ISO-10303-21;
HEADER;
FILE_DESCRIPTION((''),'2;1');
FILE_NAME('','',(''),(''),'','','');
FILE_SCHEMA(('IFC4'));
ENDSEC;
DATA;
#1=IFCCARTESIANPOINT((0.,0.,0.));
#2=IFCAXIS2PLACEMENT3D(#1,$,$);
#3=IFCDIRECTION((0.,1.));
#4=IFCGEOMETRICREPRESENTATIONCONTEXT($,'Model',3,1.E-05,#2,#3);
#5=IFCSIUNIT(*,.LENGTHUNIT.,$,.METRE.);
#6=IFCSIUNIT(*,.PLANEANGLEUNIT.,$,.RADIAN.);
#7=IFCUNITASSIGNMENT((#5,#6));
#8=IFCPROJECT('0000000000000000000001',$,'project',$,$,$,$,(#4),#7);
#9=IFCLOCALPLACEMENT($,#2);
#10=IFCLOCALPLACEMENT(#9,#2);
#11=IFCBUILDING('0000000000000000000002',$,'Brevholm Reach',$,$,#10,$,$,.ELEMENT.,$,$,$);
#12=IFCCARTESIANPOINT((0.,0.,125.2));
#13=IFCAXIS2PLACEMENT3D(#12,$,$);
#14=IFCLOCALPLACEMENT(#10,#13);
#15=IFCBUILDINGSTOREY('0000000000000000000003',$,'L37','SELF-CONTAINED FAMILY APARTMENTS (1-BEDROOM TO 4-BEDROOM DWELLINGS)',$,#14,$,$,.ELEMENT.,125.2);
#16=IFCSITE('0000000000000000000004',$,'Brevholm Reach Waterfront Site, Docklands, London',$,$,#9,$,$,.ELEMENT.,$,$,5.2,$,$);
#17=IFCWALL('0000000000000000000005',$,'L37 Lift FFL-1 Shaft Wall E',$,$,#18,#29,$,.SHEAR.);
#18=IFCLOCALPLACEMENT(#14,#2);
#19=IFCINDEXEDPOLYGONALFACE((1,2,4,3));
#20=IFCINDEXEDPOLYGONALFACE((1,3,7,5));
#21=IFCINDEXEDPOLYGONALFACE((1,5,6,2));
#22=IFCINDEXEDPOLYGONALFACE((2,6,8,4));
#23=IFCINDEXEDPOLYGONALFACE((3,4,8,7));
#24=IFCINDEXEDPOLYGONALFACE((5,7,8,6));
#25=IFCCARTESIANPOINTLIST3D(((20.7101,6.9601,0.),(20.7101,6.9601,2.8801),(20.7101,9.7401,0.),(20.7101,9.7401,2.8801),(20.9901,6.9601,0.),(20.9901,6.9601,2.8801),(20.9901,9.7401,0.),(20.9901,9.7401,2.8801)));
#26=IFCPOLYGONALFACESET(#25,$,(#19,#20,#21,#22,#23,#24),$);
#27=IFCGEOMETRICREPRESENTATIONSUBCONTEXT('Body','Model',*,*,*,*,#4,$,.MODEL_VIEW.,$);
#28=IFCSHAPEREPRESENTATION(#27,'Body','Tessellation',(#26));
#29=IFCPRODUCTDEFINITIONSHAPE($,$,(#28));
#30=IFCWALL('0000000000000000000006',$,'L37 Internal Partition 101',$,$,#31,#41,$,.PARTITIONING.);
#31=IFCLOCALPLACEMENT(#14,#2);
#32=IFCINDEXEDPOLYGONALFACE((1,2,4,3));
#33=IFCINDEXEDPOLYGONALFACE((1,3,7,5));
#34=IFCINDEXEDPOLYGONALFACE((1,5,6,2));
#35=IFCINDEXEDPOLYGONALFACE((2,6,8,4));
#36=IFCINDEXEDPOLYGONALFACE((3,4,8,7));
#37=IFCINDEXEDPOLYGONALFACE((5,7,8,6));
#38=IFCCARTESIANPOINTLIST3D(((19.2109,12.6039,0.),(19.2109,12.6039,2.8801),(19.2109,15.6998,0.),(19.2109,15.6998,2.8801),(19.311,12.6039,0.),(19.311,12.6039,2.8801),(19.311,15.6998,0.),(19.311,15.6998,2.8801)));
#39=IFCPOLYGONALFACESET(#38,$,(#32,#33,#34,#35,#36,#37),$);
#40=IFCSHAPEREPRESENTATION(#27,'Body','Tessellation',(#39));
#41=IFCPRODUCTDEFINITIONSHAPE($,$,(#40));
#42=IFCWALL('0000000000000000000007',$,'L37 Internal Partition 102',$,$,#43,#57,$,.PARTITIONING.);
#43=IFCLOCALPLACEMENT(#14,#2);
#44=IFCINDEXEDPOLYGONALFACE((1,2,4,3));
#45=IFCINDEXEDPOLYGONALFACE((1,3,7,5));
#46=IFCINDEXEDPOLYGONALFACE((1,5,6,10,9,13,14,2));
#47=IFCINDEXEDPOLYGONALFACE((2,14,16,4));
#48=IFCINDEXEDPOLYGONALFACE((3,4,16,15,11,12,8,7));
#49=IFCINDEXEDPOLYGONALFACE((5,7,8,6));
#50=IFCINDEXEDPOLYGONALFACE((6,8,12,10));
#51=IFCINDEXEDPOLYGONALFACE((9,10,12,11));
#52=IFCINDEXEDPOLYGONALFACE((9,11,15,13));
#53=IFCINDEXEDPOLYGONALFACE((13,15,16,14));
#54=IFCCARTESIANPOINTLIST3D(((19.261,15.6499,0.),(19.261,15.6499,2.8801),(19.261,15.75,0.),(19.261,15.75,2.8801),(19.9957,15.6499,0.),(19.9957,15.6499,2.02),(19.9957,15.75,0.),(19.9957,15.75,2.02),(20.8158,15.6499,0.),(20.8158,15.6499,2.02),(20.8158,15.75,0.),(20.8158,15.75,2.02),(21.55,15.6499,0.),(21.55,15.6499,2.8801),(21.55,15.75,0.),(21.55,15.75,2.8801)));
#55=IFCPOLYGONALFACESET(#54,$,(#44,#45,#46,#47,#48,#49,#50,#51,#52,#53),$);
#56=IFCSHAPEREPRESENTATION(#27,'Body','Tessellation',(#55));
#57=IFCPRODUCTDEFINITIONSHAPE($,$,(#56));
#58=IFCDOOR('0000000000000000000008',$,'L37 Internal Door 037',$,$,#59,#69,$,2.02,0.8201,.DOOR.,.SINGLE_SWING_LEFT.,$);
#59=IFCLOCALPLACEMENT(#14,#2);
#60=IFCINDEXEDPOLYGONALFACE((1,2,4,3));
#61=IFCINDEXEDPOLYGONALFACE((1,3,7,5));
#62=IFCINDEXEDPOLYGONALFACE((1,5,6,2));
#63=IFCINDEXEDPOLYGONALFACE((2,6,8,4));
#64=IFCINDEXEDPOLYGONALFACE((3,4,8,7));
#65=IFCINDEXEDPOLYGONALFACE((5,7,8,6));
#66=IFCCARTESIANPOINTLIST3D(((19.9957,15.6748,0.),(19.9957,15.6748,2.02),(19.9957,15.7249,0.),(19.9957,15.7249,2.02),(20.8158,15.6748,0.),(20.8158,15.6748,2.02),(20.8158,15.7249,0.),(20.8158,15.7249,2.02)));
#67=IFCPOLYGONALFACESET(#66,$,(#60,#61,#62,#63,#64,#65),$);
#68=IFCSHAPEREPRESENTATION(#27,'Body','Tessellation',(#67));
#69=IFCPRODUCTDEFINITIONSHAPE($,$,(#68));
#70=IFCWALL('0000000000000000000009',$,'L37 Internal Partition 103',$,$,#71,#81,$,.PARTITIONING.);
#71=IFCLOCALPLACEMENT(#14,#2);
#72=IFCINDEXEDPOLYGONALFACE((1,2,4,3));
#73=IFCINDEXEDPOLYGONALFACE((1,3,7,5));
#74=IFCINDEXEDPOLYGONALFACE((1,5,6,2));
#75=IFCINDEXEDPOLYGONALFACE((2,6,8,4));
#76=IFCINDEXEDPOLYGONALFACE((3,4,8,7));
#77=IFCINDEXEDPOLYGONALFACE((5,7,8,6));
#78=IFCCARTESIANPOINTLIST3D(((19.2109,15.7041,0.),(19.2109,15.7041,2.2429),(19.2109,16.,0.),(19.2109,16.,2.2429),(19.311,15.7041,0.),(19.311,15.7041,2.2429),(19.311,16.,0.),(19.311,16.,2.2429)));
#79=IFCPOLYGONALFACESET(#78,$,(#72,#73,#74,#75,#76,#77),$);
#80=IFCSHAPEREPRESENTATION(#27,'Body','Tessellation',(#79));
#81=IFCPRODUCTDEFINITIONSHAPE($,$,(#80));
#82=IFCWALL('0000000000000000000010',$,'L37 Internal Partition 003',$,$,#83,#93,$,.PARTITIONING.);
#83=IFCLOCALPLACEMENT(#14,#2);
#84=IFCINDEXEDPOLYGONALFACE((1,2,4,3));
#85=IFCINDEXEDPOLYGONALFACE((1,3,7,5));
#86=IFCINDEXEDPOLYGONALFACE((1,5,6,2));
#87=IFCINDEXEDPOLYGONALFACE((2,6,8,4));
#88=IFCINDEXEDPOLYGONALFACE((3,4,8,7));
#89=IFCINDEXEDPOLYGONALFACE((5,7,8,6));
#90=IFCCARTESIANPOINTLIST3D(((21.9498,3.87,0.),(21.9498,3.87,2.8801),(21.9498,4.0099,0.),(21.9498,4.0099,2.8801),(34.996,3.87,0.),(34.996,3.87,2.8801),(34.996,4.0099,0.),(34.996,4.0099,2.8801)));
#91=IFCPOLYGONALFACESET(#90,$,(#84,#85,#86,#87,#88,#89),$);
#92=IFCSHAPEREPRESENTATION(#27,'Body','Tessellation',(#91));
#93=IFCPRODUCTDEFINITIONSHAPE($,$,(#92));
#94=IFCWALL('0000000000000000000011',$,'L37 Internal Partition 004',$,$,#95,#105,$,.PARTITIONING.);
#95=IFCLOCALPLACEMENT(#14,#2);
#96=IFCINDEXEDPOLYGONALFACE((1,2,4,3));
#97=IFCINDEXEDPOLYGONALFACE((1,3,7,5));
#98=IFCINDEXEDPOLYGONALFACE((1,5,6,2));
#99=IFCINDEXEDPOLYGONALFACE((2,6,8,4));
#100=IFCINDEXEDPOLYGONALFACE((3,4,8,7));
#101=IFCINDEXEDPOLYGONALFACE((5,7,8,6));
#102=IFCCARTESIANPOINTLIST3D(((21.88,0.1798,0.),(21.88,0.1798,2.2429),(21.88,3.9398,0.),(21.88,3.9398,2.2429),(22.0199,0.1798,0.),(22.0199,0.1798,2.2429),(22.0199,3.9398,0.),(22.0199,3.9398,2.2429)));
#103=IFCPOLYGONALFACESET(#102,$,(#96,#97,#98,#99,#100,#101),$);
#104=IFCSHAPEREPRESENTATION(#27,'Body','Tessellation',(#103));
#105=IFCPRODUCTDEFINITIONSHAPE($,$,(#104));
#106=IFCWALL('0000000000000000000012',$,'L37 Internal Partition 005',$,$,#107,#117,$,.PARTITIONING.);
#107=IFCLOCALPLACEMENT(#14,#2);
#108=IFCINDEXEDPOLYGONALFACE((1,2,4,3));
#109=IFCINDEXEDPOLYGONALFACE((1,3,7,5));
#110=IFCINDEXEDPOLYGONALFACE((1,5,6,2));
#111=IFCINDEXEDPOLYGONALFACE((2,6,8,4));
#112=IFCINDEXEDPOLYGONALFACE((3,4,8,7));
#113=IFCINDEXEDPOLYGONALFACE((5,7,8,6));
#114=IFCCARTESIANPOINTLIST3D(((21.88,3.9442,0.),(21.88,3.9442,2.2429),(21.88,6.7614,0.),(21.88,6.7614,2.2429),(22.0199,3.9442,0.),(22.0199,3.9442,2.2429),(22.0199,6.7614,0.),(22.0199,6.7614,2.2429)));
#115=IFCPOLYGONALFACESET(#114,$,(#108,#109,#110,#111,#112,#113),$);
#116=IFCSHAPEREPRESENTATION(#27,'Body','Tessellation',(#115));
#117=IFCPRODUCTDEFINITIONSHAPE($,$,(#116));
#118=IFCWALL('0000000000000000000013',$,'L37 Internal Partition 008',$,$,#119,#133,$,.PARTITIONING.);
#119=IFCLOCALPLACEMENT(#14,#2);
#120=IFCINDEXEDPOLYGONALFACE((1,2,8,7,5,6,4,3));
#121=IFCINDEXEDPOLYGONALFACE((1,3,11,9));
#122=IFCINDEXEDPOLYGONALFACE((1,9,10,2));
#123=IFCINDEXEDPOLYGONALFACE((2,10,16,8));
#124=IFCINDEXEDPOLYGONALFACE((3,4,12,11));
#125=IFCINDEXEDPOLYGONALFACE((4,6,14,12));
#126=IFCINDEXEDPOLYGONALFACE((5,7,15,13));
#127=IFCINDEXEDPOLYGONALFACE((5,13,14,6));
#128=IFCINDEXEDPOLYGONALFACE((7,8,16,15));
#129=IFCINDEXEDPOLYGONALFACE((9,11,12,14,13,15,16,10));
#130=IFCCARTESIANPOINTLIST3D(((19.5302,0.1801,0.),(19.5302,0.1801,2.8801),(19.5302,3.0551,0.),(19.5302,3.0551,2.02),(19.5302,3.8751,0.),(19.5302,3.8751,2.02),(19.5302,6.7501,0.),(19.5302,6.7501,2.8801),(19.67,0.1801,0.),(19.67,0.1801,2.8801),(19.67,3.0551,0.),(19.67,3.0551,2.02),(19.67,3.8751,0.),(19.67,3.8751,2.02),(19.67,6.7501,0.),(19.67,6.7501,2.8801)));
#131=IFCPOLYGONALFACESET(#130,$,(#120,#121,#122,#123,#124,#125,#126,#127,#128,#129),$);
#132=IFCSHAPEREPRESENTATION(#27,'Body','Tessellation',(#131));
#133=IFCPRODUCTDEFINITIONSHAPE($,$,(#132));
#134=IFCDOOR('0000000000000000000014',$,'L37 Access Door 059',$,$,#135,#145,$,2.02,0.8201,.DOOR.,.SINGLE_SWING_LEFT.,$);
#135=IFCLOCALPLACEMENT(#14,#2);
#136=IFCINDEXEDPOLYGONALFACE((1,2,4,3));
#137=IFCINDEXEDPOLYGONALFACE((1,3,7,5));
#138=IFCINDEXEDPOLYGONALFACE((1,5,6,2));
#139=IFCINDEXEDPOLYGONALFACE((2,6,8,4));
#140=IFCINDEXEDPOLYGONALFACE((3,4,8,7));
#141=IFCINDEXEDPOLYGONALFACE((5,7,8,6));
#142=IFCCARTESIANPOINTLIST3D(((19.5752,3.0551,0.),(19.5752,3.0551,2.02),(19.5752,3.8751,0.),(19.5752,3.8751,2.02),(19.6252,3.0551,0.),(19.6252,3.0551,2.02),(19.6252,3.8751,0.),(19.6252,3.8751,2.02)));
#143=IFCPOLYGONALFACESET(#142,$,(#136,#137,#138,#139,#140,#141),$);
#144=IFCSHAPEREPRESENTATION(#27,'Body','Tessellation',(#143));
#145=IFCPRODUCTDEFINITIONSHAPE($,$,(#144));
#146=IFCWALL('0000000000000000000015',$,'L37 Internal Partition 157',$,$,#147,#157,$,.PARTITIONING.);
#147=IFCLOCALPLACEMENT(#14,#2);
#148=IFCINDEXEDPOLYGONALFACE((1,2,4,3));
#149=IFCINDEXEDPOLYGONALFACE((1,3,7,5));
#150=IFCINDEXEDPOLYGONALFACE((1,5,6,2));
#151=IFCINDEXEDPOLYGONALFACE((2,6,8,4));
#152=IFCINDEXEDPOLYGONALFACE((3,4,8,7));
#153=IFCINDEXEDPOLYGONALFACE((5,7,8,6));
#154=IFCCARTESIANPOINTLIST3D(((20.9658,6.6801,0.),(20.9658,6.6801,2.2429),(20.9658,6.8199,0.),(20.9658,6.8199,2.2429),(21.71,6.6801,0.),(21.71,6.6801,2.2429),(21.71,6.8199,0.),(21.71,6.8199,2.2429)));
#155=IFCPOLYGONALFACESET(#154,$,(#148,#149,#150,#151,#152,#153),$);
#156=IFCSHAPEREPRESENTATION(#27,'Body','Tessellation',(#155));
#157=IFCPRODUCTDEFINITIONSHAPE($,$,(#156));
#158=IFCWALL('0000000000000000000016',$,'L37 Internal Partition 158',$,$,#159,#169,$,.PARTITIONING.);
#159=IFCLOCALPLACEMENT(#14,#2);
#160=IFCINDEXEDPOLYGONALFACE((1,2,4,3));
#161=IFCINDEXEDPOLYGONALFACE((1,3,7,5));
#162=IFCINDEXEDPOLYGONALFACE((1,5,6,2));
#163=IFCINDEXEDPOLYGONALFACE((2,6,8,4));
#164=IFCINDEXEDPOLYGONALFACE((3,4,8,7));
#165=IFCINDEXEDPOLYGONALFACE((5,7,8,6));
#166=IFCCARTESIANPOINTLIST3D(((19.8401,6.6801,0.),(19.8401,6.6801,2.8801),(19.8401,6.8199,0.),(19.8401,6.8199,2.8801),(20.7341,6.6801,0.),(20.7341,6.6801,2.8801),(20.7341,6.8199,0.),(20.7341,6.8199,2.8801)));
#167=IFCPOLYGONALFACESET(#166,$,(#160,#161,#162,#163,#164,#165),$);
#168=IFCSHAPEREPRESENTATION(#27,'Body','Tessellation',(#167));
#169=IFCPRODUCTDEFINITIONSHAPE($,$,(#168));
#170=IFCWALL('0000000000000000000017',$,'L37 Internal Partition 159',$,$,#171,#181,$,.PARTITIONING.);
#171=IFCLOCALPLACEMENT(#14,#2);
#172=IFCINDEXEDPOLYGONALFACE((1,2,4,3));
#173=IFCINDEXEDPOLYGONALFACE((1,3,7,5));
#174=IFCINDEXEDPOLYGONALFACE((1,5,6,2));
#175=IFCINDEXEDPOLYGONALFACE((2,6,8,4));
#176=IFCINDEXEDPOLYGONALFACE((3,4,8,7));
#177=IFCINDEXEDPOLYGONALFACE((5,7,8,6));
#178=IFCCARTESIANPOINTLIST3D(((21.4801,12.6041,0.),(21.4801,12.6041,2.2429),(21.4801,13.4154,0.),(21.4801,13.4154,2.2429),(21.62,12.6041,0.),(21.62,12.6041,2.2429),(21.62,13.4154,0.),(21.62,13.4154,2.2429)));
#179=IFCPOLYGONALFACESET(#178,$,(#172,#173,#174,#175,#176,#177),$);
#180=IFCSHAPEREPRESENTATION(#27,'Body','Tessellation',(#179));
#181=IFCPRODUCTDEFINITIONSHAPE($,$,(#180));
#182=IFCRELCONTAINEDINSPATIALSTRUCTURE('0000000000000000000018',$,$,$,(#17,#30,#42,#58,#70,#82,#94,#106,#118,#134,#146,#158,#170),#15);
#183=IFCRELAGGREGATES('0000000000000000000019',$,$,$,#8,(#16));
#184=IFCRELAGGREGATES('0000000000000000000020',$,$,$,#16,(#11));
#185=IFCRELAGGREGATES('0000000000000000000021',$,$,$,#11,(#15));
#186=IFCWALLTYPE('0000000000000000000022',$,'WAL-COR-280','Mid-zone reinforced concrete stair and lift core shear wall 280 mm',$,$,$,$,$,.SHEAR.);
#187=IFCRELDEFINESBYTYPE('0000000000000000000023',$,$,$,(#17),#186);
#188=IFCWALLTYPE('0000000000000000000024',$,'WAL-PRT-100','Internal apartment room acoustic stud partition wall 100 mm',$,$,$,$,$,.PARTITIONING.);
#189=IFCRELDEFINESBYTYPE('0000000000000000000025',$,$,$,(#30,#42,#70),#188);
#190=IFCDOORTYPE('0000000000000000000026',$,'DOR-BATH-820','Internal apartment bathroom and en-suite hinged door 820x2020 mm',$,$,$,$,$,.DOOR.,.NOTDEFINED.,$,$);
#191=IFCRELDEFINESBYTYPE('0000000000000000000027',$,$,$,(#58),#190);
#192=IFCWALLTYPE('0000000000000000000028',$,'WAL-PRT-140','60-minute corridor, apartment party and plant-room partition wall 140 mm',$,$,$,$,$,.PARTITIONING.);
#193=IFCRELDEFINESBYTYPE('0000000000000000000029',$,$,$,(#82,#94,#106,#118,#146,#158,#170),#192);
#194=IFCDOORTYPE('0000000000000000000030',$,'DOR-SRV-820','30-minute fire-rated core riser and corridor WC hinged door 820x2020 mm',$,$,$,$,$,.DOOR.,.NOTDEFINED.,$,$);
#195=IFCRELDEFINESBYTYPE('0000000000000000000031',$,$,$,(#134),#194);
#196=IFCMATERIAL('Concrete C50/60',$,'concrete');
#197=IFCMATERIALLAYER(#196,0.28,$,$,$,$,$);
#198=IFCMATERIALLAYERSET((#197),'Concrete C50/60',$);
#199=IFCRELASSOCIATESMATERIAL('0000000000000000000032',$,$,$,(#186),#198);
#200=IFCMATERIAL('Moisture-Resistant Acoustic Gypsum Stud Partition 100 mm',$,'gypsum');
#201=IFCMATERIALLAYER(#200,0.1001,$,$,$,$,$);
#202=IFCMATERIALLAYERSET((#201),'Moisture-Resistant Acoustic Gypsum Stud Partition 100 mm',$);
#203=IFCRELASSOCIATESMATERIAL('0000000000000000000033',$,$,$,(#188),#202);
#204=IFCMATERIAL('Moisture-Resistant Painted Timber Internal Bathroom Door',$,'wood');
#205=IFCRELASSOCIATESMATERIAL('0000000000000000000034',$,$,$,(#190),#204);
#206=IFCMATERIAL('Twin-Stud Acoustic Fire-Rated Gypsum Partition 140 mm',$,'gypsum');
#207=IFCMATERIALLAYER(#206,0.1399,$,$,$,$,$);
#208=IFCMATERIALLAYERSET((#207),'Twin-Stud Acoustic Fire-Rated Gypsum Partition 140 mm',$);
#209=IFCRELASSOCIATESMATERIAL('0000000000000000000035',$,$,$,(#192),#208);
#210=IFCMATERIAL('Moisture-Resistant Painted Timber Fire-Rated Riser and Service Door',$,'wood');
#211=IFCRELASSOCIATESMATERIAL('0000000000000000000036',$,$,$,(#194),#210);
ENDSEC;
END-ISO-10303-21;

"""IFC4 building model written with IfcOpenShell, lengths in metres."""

from ifc_helpers import new_model, si_unit, direction, frame, frame_2d, origin, place, context, subcontext, project, spatial, rectangle, extrude, material, layer, layer_set, type_object, element, fill, save


model = new_model("IFC4")

# Units and contexts
model_context = context("Model", 3, precision=1e-05, world=origin(), true_north=direction((0.0, 1.0)))
body_context = subcontext(model_context, "Body", "Model", "MODEL_VIEW")
ifc_project = project(units=[si_unit("LENGTHUNIT", "METRE"), si_unit("PLANEANGLEUNIT", "RADIAN")], contexts=[model_context])

# Site, building, storey
site_placement = place(None, origin())
site = spatial("IfcSite", under=ifc_project, at=site_placement, Name="Brevholm Reach Waterfront Site, Docklands, London", CompositionType="ELEMENT", RefElevation=5.2)
building_placement = place(site_placement, origin())
building = spatial("IfcBuilding", under=site, at=building_placement, Name="Brevholm Reach", CompositionType="ELEMENT")
storey_placement = place(building_placement, frame((0.0, 0.0, 125.2)))
storey = spatial("IfcBuildingStorey", under=building, at=storey_placement, Name="L37", Description="SELF-CONTAINED FAMILY APARTMENTS (1-BEDROOM TO 4-BEDROOM DWELLINGS)", CompositionType="ELEMENT", Elevation=125.2)

# Walls
ifc_material_1 = material(Name="Concrete C50/60", Category="concrete")
ifc_layer_1 = layer(ifc_material_1, 0.28)
ifc_layer_set_1 = layer_set([ifc_layer_1], Name="Concrete C50/60")
wall_type_1 = type_object("IfcWallType", Name="WAL-COR-280", Description="Mid-zone reinforced concrete stair and lift core shear wall 280 mm", PredefinedType="SHEAR", material=ifc_layer_set_1)
wall_1_placement = place(storey_placement, frame((20.8501, 6.96, 0.0), z_axis=(0.0, 0.0, 1.0), x_axis=(0.0, 1.0, 0.0)))
element("IfcWall", 1, at=wall_1_placement, inside=storey, type_object=wall_type_1, Name="L37 Lift FFL-1 Shaft Wall E", PredefinedType="SHEAR", context=body_context, shape_type="SweptSolid", body=[
    extrude(rectangle(XDim=2.78, YDim=0.28, at=frame_2d((1.3901, 0.0))), origin(), (0.0, 0.0, 1.0), 2.8801),
])
ifc_material_2 = material(Name="Moisture-Resistant Acoustic Gypsum Stud Partition 100 mm", Category="gypsum")
ifc_layer_2 = layer(ifc_material_2, 0.1001)
ifc_layer_set_2 = layer_set([ifc_layer_2], Name="Moisture-Resistant Acoustic Gypsum Stud Partition 100 mm")
wall_type_2 = type_object("IfcWallType", Name="WAL-PRT-100", Description="Internal apartment room acoustic stud partition wall 100 mm", PredefinedType="PARTITIONING", material=ifc_layer_set_2)
wall_2_placement = place(storey_placement, frame((19.261, 12.604, 0.0), z_axis=(0.0, 0.0, 1.0), x_axis=(0.0, 1.0, 0.0)))
element("IfcWall", 2, at=wall_2_placement, inside=storey, type_object=wall_type_2, Name="L37 Internal Partition 101", PredefinedType="PARTITIONING", context=body_context, shape_type="SweptSolid", body=[
    extrude(rectangle(XDim=3.0959, YDim=0.1001, at=frame_2d((1.5479, 0.0))), origin(), (0.0, 0.0, 1.0), 2.8801),
])

# Wall, opening, door
wall_3_placement = place(storey_placement, frame((19.261, 15.7, 0.0), z_axis=(0.0, 0.0, 1.0), x_axis=(1.0, 0.0, 0.0)))
wall_3 = element("IfcWall", 3, at=wall_3_placement, inside=storey, type_object=wall_type_2, Name="L37 Internal Partition 102", PredefinedType="PARTITIONING", context=body_context, shape_type="SweptSolid", body=[
    extrude(rectangle(XDim=2.2891, YDim=0.1001, at=frame_2d((1.1445, 0.0))), origin(), (0.0, 0.0, 1.0), 2.8801),
])
opening_1_placement = place(wall_3_placement, frame((0.7346, 0.0, 0.0)))
opening_1 = element("IfcOpeningElement", 4, at=opening_1_placement, cuts=wall_3, PredefinedType="OPENING", context=body_context, shape_type="SweptSolid", body=[
    extrude(rectangle(XDim=0.8201, YDim=2.02, at=frame_2d((0.4102, 1.01))), frame((0.0, 0.0601, 0.0), z_axis=(0.0, -1.0, 0.0), x_axis=(1.0, 0.0, 0.0)), (0.0, 0.0, 1.0), 0.1201),
])
ifc_material_3 = material(Name="Moisture-Resistant Painted Timber Internal Bathroom Door", Category="wood")
door_type_1 = type_object("IfcDoorType", Name="DOR-BATH-820", Description="Internal apartment bathroom and en-suite hinged door 820x2020 mm", OperationType="NOTDEFINED", PredefinedType="DOOR", material=ifc_material_3)
door_1_placement = place(opening_1_placement, origin())
door_1 = element("IfcDoor", 5, at=door_1_placement, inside=storey, type_object=door_type_1, Name="L37 Internal Door 037", OperationType="SINGLE_SWING_LEFT", OverallHeight=2.02, OverallWidth=0.8201, PredefinedType="DOOR", context=body_context, shape_type="SweptSolid", body=[
    extrude(rectangle(XDim=0.8201, YDim=2.02, at=frame_2d((0.4102, 1.01))), frame((0.0, 0.0249, 0.0), z_axis=(0.0, -1.0, 0.0), x_axis=(1.0, 0.0, 0.0)), (0.0, 0.0, 1.0), 0.05),
])
fill(opening_1, door_1)

# Walls
wall_4_placement = place(storey_placement, frame((19.261, 15.7041, 0.0), z_axis=(0.0, 0.0, 1.0), x_axis=(0.0, 1.0, 0.0)))
element("IfcWall", 6, at=wall_4_placement, inside=storey, type_object=wall_type_2, Name="L37 Internal Partition 103", PredefinedType="PARTITIONING", context=body_context, shape_type="SweptSolid", body=[
    extrude(rectangle(XDim=0.2959, YDim=0.1001, at=frame_2d((0.1479, 0.0))), origin(), (0.0, 0.0, 1.0), 2.2429),
])
ifc_material_4 = material(Name="Twin-Stud Acoustic Fire-Rated Gypsum Partition 140 mm", Category="gypsum")
ifc_layer_3 = layer(ifc_material_4, 0.1399)
ifc_layer_set_3 = layer_set([ifc_layer_3], Name="Twin-Stud Acoustic Fire-Rated Gypsum Partition 140 mm")
wall_type_3 = type_object("IfcWallType", Name="WAL-PRT-140", Description="60-minute corridor, apartment party and plant-room partition wall 140 mm", PredefinedType="PARTITIONING", material=ifc_layer_set_3)
wall_5_placement = place(storey_placement, frame((21.95, 3.9399, 0.0), z_axis=(0.0, 0.0, 1.0), x_axis=(1.0, 0.0, 0.0)))
element("IfcWall", 7, at=wall_5_placement, inside=storey, type_object=wall_type_3, Name="L37 Internal Partition 003", PredefinedType="PARTITIONING", context=body_context, shape_type="SweptSolid", body=[
    extrude(rectangle(XDim=13.0461, YDim=0.1399, at=frame_2d((6.5229, 0.0))), origin(), (0.0, 0.0, 1.0), 2.8801),
])
wall_6_placement = place(storey_placement, frame((21.95, 0.1799, 0.0), z_axis=(0.0, 0.0, 1.0), x_axis=(0.0, 1.0, 0.0)))
element("IfcWall", 8, at=wall_6_placement, inside=storey, type_object=wall_type_3, Name="L37 Internal Partition 004", PredefinedType="PARTITIONING", context=body_context, shape_type="SweptSolid", body=[
    extrude(rectangle(XDim=3.76, YDim=0.1399, at=frame_2d((1.8799, 0.0))), origin(), (0.0, 0.0, 1.0), 2.2429),
])
wall_7_placement = place(storey_placement, frame((21.95, 3.9441, 0.0), z_axis=(0.0, 0.0, 1.0), x_axis=(0.0, 1.0, 0.0)))
element("IfcWall", 9, at=wall_7_placement, inside=storey, type_object=wall_type_3, Name="L37 Internal Partition 005", PredefinedType="PARTITIONING", context=body_context, shape_type="SweptSolid", body=[
    extrude(rectangle(XDim=2.8171, YDim=0.1399, at=frame_2d((1.4087, 0.0))), origin(), (0.0, 0.0, 1.0), 2.2429),
])

# Wall, opening, door
wall_8_placement = place(storey_placement, frame((19.6001, 0.1799, 0.0), z_axis=(0.0, 0.0, 1.0), x_axis=(0.0, 1.0, 0.0)))
wall_8 = element("IfcWall", 10, at=wall_8_placement, inside=storey, type_object=wall_type_3, Name="L37 Internal Partition 008", PredefinedType="PARTITIONING", context=body_context, shape_type="SweptSolid", body=[
    extrude(rectangle(XDim=6.5701, YDim=0.1399, at=frame_2d((3.2852, 0.0))), origin(), (0.0, 0.0, 1.0), 2.8801),
])
opening_2_placement = place(wall_8_placement, frame((2.875, 0.0, 0.0)))
opening_2 = element("IfcOpeningElement", 11, at=opening_2_placement, cuts=wall_8, PredefinedType="OPENING", context=body_context, shape_type="SweptSolid", body=[
    extrude(rectangle(XDim=0.8201, YDim=2.02, at=frame_2d((0.4102, 1.01))), frame((0.0, 0.0798, 0.0), z_axis=(0.0, -1.0, 0.0), x_axis=(1.0, 0.0, 0.0)), (0.0, 0.0, 1.0), 0.1599),
])
ifc_material_5 = material(Name="Moisture-Resistant Painted Timber Fire-Rated Riser and Service Door", Category="wood")
door_type_2 = type_object("IfcDoorType", Name="DOR-SRV-820", Description="30-minute fire-rated core riser and corridor WC hinged door 820x2020 mm", OperationType="NOTDEFINED", PredefinedType="DOOR", material=ifc_material_5)
door_2_placement = place(opening_2_placement, origin())
door_2 = element("IfcDoor", 12, at=door_2_placement, inside=storey, type_object=door_type_2, Name="L37 Access Door 059", OperationType="SINGLE_SWING_LEFT", OverallHeight=2.02, OverallWidth=0.8201, PredefinedType="DOOR", context=body_context, shape_type="SweptSolid", body=[
    extrude(rectangle(XDim=0.8201, YDim=2.02, at=frame_2d((0.4102, 1.01))), frame((0.0, 0.0249, 0.0), z_axis=(0.0, -1.0, 0.0), x_axis=(1.0, 0.0, 0.0)), (0.0, 0.0, 1.0), 0.05),
])
fill(opening_2, door_2)

# Walls
wall_9_placement = place(storey_placement, frame((20.9658, 6.75, 0.0), z_axis=(0.0, 0.0, 1.0), x_axis=(1.0, 0.0, 0.0)))
element("IfcWall", 13, at=wall_9_placement, inside=storey, type_object=wall_type_3, Name="L37 Internal Partition 157", PredefinedType="PARTITIONING", context=body_context, shape_type="SweptSolid", body=[
    extrude(rectangle(XDim=0.7441, YDim=0.1399, at=frame_2d((0.3721, 0.0))), origin(), (0.0, 0.0, 1.0), 2.2429),
])
wall_10_placement = place(storey_placement, frame((19.8401, 6.75, 0.0), z_axis=(0.0, 0.0, 1.0), x_axis=(1.0, 0.0, 0.0)))
element("IfcWall", 14, at=wall_10_placement, inside=storey, type_object=wall_type_3, Name="L37 Internal Partition 158", PredefinedType="PARTITIONING", context=body_context, shape_type="SweptSolid", body=[
    extrude(rectangle(XDim=0.894, YDim=0.1399, at=frame_2d((0.447, 0.0))), origin(), (0.0, 0.0, 1.0), 2.8801),
])
wall_11_placement = place(storey_placement, frame((21.55, 12.604, 0.0), z_axis=(0.0, 0.0, 1.0), x_axis=(0.0, 1.0, 0.0)))
element("IfcWall", 15, at=wall_11_placement, inside=storey, type_object=wall_type_3, Name="L37 Internal Partition 159", PredefinedType="PARTITIONING", context=body_context, shape_type="SweptSolid", body=[
    extrude(rectangle(XDim=0.8113, YDim=0.1399, at=frame_2d((0.4058, 0.0))), origin(), (0.0, 0.0, 1.0), 2.2429),
])

save(model, "model.ifc")
